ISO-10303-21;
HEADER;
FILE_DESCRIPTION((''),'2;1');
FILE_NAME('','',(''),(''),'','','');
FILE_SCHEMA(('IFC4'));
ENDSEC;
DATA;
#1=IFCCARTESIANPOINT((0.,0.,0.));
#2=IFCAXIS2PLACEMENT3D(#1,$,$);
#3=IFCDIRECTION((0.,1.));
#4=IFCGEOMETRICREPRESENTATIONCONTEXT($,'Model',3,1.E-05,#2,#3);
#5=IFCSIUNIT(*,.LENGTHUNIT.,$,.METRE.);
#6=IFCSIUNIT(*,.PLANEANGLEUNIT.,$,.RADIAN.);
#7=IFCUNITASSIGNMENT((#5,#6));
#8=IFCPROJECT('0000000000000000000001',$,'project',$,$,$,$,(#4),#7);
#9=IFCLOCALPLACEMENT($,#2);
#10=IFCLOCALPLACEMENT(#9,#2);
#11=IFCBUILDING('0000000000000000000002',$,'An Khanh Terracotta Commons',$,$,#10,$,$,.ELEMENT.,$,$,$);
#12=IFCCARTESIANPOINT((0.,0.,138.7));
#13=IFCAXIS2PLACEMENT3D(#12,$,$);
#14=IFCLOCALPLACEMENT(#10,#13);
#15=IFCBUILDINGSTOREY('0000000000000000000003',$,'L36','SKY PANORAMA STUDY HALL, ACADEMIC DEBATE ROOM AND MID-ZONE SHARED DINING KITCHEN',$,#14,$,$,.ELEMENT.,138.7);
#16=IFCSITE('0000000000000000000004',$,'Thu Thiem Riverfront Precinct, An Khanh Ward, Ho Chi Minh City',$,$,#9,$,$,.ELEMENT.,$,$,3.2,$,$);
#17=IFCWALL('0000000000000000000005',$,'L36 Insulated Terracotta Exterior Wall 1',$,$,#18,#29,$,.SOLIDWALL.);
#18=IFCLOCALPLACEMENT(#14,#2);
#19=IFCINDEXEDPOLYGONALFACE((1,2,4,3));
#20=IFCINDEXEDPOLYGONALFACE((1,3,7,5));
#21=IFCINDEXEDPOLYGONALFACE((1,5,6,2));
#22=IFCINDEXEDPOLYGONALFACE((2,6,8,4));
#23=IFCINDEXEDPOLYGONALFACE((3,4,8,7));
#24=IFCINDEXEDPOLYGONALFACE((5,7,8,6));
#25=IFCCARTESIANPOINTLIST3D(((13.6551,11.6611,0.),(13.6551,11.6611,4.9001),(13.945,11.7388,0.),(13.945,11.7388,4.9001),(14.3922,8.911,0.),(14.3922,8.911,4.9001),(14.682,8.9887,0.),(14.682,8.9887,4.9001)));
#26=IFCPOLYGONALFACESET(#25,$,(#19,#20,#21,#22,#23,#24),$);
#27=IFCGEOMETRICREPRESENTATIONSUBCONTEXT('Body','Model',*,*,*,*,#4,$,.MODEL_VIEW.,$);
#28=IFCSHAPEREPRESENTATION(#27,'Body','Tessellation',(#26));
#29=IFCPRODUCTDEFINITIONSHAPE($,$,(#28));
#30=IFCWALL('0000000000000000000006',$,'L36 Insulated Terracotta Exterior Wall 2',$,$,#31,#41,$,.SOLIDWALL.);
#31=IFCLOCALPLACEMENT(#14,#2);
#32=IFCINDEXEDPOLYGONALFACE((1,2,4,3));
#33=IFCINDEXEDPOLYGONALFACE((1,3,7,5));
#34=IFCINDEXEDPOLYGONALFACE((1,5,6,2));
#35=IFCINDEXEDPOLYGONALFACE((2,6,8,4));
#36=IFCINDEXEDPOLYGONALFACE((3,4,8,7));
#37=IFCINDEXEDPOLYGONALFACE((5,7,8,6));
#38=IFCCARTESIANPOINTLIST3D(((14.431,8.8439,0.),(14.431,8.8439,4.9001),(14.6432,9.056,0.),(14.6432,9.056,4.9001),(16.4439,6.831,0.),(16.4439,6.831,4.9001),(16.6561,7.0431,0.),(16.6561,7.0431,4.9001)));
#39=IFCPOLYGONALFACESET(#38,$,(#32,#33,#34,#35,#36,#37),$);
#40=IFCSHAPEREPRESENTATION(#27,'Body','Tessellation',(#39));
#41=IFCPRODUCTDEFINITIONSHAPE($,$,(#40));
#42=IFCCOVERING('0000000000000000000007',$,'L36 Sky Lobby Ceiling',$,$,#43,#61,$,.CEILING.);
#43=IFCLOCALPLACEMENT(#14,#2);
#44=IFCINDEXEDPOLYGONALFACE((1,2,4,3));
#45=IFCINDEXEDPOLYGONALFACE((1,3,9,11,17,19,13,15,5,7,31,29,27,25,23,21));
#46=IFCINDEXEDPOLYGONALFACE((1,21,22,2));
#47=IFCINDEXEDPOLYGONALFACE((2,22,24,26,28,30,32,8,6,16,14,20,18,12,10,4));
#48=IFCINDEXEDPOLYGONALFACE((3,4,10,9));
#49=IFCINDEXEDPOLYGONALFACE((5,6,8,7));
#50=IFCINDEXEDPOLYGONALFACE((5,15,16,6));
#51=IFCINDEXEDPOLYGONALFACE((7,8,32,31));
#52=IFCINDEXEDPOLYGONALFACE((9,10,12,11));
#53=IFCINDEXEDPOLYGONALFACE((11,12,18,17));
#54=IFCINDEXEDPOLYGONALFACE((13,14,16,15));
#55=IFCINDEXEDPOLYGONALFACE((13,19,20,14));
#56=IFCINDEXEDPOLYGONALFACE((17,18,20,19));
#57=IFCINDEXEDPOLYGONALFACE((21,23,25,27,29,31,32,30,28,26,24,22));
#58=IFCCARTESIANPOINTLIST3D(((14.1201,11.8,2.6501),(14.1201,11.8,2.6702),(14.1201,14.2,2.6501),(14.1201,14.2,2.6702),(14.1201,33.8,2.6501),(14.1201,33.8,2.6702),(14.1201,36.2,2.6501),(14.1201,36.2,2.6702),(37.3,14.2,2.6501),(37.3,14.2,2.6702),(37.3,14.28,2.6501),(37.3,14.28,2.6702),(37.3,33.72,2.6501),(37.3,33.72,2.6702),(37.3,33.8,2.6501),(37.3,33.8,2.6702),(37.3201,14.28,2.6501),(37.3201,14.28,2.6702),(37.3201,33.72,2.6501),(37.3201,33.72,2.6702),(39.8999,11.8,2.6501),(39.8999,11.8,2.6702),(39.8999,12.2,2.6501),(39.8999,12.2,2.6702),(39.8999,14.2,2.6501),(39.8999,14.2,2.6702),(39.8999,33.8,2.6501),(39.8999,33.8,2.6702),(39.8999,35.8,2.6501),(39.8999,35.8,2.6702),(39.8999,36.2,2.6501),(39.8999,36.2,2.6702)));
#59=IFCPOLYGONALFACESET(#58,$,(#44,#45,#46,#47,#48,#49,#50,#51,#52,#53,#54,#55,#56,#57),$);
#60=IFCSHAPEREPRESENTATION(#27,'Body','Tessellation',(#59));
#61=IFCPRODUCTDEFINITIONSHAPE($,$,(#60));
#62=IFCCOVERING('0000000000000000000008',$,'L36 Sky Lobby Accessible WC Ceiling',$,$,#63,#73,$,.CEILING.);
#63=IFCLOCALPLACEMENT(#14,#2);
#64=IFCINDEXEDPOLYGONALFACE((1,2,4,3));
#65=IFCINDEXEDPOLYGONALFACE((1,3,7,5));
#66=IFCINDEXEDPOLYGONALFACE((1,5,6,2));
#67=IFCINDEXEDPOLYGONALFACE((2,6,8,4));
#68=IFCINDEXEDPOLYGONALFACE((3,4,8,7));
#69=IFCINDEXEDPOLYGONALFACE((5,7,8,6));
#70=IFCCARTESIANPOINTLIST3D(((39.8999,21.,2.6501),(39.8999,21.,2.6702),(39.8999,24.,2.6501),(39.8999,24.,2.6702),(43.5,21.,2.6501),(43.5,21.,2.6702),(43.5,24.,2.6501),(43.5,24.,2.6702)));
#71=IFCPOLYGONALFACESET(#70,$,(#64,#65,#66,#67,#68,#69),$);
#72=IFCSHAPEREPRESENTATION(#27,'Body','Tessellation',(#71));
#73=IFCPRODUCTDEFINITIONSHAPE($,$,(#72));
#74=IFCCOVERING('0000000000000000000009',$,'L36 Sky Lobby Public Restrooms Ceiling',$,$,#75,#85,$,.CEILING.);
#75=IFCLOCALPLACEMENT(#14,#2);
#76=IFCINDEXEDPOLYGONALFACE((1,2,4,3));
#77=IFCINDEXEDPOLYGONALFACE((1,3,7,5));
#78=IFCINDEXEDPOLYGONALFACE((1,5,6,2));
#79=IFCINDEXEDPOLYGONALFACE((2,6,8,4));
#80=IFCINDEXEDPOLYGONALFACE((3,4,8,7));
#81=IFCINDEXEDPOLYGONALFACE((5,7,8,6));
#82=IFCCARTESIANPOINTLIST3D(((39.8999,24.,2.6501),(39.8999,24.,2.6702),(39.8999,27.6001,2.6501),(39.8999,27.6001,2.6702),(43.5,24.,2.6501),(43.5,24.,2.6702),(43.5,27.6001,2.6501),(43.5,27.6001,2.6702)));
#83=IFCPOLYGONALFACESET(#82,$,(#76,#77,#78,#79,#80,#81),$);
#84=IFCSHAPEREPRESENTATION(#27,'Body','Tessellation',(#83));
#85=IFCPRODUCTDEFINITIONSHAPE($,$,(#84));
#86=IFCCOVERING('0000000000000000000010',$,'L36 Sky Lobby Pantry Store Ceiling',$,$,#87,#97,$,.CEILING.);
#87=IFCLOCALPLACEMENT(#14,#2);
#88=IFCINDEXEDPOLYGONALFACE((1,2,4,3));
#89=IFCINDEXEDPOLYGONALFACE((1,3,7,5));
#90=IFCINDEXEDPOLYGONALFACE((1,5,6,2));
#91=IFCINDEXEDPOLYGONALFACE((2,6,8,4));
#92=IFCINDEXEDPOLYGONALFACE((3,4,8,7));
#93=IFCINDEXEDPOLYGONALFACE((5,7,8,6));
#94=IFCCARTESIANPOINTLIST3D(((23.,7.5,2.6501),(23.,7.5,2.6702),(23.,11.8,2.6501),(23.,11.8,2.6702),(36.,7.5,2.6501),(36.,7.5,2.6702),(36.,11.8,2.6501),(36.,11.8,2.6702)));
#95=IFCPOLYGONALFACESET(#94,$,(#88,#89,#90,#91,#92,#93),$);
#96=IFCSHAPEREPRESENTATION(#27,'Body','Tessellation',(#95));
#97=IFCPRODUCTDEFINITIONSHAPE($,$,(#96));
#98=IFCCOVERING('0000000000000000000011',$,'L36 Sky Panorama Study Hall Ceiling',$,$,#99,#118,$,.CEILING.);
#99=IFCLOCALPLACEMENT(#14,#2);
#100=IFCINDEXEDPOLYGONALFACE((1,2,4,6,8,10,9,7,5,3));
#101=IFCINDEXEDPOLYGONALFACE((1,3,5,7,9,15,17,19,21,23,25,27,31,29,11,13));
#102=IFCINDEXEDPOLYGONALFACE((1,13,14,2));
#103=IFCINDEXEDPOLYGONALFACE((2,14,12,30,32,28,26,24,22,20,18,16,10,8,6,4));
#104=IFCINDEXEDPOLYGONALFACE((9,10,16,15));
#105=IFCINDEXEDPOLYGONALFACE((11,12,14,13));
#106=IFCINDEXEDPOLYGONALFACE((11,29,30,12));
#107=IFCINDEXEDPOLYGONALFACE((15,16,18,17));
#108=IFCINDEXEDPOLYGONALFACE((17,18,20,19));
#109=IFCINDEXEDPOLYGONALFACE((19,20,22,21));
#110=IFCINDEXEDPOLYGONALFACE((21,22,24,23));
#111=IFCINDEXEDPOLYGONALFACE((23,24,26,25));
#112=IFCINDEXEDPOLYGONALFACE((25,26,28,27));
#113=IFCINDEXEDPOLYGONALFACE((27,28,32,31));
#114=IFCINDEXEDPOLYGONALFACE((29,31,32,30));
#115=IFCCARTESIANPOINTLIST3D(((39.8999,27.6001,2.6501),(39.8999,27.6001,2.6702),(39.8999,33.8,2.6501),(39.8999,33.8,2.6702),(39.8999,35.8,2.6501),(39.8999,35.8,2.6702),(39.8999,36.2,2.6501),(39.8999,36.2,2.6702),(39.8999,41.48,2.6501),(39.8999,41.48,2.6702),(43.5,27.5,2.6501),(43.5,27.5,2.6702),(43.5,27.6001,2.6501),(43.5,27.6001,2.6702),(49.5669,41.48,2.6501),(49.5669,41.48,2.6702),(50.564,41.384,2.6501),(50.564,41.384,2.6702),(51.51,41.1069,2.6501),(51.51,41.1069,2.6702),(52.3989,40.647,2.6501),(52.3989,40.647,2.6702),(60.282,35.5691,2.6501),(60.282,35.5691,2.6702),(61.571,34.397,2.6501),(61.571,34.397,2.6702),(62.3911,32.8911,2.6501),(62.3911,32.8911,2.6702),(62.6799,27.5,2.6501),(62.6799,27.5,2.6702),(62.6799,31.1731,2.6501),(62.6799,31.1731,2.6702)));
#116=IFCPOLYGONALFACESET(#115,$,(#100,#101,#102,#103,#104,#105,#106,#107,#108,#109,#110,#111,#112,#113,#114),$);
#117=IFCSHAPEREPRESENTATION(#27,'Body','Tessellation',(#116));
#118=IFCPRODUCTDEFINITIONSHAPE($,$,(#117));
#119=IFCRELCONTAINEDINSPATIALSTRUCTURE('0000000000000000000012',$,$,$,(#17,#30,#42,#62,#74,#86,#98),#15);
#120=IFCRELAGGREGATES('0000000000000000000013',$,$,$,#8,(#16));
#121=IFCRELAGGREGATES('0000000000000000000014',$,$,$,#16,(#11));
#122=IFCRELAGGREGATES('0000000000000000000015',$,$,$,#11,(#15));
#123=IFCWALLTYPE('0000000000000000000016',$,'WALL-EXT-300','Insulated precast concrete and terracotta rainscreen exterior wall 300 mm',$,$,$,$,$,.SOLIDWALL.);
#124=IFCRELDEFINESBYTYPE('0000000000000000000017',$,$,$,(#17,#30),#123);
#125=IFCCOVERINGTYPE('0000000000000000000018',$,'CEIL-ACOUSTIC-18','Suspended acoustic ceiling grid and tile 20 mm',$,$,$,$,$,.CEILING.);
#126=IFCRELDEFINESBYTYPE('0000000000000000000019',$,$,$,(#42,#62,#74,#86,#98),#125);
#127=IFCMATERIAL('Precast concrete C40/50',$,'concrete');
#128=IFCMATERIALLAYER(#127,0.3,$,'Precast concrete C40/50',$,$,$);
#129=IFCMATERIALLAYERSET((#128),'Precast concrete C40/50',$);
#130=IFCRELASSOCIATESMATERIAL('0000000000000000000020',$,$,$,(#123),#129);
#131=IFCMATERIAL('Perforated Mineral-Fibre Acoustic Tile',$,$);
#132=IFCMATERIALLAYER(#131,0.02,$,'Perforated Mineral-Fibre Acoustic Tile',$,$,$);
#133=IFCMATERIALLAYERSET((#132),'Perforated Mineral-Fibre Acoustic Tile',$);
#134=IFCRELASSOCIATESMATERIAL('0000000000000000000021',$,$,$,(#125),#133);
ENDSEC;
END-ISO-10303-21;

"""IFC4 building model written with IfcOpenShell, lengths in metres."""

from ifc_helpers import new_model, si_unit, direction, frame, frame_2d, origin, place, context, subcontext, project, spatial, polyline, rectangle, outline, extrude, material, layer, layer_set, type_object, element, save


model = new_model("IFC4")

# Units and contexts
model_context = context("Model", 3, precision=1e-05, world=origin(), true_north=direction((0.0, 1.0)))
body_context = subcontext(model_context, "Body", "Model", "MODEL_VIEW")
ifc_project = project(units=[si_unit("LENGTHUNIT", "METRE"), si_unit("PLANEANGLEUNIT", "RADIAN")], contexts=[model_context])

# Site, building, storey
site_placement = place(None, origin())
site = spatial("IfcSite", under=ifc_project, at=site_placement, Name="Thu Thiem Riverfront Precinct, An Khanh Ward, Ho Chi Minh City", CompositionType="ELEMENT", RefElevation=3.2)
building_placement = place(site_placement, origin())
building = spatial("IfcBuilding", under=site, at=building_placement, Name="An Khanh Terracotta Commons", CompositionType="ELEMENT")
storey_placement = place(building_placement, frame((0.0, 0.0, 138.7)))
storey = spatial("IfcBuildingStorey", under=building, at=storey_placement, Name="L36", Description="SKY PANORAMA STUDY HALL, ACADEMIC DEBATE ROOM AND MID-ZONE SHARED DINING KITCHEN", CompositionType="ELEMENT", Elevation=138.7)

# Shared definitions
ifc_material_1 = material(Name="Precast concrete C40/50", Category="concrete")

# Walls
ifc_layer_1 = layer(ifc_material_1, 0.3, Name="Precast concrete C40/50")
ifc_layer_set_1 = layer_set([ifc_layer_1], Name="Precast concrete C40/50")
wall_type_1 = type_object("IfcWallType", Name="WALL-EXT-300", Description="Insulated precast concrete and terracotta rainscreen exterior wall 300 mm", PredefinedType="SOLIDWALL", material=ifc_layer_set_1)
wall_1_placement = place(storey_placement, frame((13.8, 11.7, 0.0), z_axis=(0.0, 0.0, 1.0), x_axis=(0.258885, -0.965908, 0.0)))
element("IfcWall", 1, at=wall_1_placement, inside=storey, type_object=wall_type_1, Name="L36 Insulated Terracotta Exterior Wall 1", PredefinedType="SOLIDWALL", context=body_context, shape_type="SweptSolid", body=[
    extrude(rectangle(XDim=2.8472, YDim=0.3, at=frame_2d((1.4236, 0.0))), origin(), (0.0, 0.0, 1.0), 4.9001),
])
wall_2_placement = place(storey_placement, frame((14.5371, 8.95, 0.0), z_axis=(0.0, 0.0, 1.0), x_axis=(0.707107, -0.707107, 0.0)))
element("IfcWall", 2, at=wall_2_placement, inside=storey, type_object=wall_type_1, Name="L36 Insulated Terracotta Exterior Wall 2", PredefinedType="SOLIDWALL", context=body_context, shape_type="SweptSolid", body=[
    extrude(rectangle(XDim=2.8467, YDim=0.3, at=frame_2d((1.4233, 0.0))), origin(), (0.0, 0.0, 1.0), 4.9001),
])

# Coverings
ifc_material_2 = material(Name="Perforated Mineral-Fibre Acoustic Tile")
ifc_layer_2 = layer(ifc_material_2, 0.02, Name="Perforated Mineral-Fibre Acoustic Tile")
ifc_layer_set_2 = layer_set([ifc_layer_2], Name="Perforated Mineral-Fibre Acoustic Tile")
covering_type = type_object("IfcCoveringType", Name="CEIL-ACOUSTIC-18", Description="Suspended acoustic ceiling grid and tile 20 mm", PredefinedType="CEILING", material=ifc_layer_set_2)
covering_1_placement = place(storey_placement, frame((0.0, 0.0, 2.6501)))
element("IfcCovering", 3, at=covering_1_placement, inside=storey, type_object=covering_type, Name="L36 Sky Lobby Ceiling", PredefinedType="CEILING", context=body_context, shape_type="SweptSolid", body=[
    extrude(outline(polyline([(14.1201, 11.8), (14.1201, 14.2), (37.3, 14.2), (37.3, 14.28), (37.3201, 14.28), (37.3201, 33.72), (37.3, 33.72), (37.3, 33.8), (14.1201, 33.8), (14.1201, 36.2), (39.8999, 36.2), (39.8999, 35.8), (39.8999, 33.8), (39.8999, 14.2), (39.8999, 12.2), (39.8999, 11.8), (14.1201, 11.8)])), origin(), (0.0, 0.0, 1.0), 0.02),
])
covering_2_placement = place(storey_placement, frame((0.0, 0.0, 2.6501)))
element("IfcCovering", 4, at=covering_2_placement, inside=storey, type_object=covering_type, Name="L36 Sky Lobby Accessible WC Ceiling", PredefinedType="CEILING", context=body_context, shape_type="SweptSolid", body=[
    extrude(outline(polyline([(39.8999, 24.0), (43.5, 24.0), (43.5, 21.0), (39.8999, 21.0), (39.8999, 24.0)])), origin(), (0.0, 0.0, 1.0), 0.02),
])
covering_3_placement = place(storey_placement, frame((0.0, 0.0, 2.6501)))
element("IfcCovering", 5, at=covering_3_placement, inside=storey, type_object=covering_type, Name="L36 Sky Lobby Public Restrooms Ceiling", PredefinedType="CEILING", context=body_context, shape_type="SweptSolid", body=[
    extrude(outline(polyline([(39.8999, 27.6001), (43.5, 27.6001), (43.5, 24.0), (39.8999, 24.0), (39.8999, 27.6001)])), origin(), (0.0, 0.0, 1.0), 0.02),
])
covering_4_placement = place(storey_placement, frame((0.0, 0.0, 2.6501)))
element("IfcCovering", 6, at=covering_4_placement, inside=storey, type_object=covering_type, Name="L36 Sky Lobby Pantry Store Ceiling", PredefinedType="CEILING", context=body_context, shape_type="SweptSolid", body=[
    extrude(outline(polyline([(36.0, 11.8), (36.0, 7.5), (23.0, 7.5), (23.0, 11.8), (36.0, 11.8)])), origin(), (0.0, 0.0, 1.0), 0.02),
])
covering_5_placement = place(storey_placement, frame((0.0, 0.0, 2.6501)))
element("IfcCovering", 7, at=covering_5_placement, inside=storey, type_object=covering_type, Name="L36 Sky Panorama Study Hall Ceiling", PredefinedType="CEILING", context=body_context, shape_type="SweptSolid", body=[
    extrude(outline(polyline([(49.5669, 41.48), (50.564, 41.384), (51.51, 41.1069), (52.3989, 40.647), (60.282, 35.5691), (61.571, 34.397), (62.3911, 32.8911), (62.6799, 31.1731), (62.6799, 27.5), (43.5, 27.5), (43.5, 27.6001), (39.8999, 27.6001), (39.8999, 33.8), (39.8999, 35.8), (39.8999, 36.2), (39.8999, 41.48), (49.5669, 41.48)])), origin(), (0.0, 0.0, 1.0), 0.02),
])

save(model, "model.ifc")
